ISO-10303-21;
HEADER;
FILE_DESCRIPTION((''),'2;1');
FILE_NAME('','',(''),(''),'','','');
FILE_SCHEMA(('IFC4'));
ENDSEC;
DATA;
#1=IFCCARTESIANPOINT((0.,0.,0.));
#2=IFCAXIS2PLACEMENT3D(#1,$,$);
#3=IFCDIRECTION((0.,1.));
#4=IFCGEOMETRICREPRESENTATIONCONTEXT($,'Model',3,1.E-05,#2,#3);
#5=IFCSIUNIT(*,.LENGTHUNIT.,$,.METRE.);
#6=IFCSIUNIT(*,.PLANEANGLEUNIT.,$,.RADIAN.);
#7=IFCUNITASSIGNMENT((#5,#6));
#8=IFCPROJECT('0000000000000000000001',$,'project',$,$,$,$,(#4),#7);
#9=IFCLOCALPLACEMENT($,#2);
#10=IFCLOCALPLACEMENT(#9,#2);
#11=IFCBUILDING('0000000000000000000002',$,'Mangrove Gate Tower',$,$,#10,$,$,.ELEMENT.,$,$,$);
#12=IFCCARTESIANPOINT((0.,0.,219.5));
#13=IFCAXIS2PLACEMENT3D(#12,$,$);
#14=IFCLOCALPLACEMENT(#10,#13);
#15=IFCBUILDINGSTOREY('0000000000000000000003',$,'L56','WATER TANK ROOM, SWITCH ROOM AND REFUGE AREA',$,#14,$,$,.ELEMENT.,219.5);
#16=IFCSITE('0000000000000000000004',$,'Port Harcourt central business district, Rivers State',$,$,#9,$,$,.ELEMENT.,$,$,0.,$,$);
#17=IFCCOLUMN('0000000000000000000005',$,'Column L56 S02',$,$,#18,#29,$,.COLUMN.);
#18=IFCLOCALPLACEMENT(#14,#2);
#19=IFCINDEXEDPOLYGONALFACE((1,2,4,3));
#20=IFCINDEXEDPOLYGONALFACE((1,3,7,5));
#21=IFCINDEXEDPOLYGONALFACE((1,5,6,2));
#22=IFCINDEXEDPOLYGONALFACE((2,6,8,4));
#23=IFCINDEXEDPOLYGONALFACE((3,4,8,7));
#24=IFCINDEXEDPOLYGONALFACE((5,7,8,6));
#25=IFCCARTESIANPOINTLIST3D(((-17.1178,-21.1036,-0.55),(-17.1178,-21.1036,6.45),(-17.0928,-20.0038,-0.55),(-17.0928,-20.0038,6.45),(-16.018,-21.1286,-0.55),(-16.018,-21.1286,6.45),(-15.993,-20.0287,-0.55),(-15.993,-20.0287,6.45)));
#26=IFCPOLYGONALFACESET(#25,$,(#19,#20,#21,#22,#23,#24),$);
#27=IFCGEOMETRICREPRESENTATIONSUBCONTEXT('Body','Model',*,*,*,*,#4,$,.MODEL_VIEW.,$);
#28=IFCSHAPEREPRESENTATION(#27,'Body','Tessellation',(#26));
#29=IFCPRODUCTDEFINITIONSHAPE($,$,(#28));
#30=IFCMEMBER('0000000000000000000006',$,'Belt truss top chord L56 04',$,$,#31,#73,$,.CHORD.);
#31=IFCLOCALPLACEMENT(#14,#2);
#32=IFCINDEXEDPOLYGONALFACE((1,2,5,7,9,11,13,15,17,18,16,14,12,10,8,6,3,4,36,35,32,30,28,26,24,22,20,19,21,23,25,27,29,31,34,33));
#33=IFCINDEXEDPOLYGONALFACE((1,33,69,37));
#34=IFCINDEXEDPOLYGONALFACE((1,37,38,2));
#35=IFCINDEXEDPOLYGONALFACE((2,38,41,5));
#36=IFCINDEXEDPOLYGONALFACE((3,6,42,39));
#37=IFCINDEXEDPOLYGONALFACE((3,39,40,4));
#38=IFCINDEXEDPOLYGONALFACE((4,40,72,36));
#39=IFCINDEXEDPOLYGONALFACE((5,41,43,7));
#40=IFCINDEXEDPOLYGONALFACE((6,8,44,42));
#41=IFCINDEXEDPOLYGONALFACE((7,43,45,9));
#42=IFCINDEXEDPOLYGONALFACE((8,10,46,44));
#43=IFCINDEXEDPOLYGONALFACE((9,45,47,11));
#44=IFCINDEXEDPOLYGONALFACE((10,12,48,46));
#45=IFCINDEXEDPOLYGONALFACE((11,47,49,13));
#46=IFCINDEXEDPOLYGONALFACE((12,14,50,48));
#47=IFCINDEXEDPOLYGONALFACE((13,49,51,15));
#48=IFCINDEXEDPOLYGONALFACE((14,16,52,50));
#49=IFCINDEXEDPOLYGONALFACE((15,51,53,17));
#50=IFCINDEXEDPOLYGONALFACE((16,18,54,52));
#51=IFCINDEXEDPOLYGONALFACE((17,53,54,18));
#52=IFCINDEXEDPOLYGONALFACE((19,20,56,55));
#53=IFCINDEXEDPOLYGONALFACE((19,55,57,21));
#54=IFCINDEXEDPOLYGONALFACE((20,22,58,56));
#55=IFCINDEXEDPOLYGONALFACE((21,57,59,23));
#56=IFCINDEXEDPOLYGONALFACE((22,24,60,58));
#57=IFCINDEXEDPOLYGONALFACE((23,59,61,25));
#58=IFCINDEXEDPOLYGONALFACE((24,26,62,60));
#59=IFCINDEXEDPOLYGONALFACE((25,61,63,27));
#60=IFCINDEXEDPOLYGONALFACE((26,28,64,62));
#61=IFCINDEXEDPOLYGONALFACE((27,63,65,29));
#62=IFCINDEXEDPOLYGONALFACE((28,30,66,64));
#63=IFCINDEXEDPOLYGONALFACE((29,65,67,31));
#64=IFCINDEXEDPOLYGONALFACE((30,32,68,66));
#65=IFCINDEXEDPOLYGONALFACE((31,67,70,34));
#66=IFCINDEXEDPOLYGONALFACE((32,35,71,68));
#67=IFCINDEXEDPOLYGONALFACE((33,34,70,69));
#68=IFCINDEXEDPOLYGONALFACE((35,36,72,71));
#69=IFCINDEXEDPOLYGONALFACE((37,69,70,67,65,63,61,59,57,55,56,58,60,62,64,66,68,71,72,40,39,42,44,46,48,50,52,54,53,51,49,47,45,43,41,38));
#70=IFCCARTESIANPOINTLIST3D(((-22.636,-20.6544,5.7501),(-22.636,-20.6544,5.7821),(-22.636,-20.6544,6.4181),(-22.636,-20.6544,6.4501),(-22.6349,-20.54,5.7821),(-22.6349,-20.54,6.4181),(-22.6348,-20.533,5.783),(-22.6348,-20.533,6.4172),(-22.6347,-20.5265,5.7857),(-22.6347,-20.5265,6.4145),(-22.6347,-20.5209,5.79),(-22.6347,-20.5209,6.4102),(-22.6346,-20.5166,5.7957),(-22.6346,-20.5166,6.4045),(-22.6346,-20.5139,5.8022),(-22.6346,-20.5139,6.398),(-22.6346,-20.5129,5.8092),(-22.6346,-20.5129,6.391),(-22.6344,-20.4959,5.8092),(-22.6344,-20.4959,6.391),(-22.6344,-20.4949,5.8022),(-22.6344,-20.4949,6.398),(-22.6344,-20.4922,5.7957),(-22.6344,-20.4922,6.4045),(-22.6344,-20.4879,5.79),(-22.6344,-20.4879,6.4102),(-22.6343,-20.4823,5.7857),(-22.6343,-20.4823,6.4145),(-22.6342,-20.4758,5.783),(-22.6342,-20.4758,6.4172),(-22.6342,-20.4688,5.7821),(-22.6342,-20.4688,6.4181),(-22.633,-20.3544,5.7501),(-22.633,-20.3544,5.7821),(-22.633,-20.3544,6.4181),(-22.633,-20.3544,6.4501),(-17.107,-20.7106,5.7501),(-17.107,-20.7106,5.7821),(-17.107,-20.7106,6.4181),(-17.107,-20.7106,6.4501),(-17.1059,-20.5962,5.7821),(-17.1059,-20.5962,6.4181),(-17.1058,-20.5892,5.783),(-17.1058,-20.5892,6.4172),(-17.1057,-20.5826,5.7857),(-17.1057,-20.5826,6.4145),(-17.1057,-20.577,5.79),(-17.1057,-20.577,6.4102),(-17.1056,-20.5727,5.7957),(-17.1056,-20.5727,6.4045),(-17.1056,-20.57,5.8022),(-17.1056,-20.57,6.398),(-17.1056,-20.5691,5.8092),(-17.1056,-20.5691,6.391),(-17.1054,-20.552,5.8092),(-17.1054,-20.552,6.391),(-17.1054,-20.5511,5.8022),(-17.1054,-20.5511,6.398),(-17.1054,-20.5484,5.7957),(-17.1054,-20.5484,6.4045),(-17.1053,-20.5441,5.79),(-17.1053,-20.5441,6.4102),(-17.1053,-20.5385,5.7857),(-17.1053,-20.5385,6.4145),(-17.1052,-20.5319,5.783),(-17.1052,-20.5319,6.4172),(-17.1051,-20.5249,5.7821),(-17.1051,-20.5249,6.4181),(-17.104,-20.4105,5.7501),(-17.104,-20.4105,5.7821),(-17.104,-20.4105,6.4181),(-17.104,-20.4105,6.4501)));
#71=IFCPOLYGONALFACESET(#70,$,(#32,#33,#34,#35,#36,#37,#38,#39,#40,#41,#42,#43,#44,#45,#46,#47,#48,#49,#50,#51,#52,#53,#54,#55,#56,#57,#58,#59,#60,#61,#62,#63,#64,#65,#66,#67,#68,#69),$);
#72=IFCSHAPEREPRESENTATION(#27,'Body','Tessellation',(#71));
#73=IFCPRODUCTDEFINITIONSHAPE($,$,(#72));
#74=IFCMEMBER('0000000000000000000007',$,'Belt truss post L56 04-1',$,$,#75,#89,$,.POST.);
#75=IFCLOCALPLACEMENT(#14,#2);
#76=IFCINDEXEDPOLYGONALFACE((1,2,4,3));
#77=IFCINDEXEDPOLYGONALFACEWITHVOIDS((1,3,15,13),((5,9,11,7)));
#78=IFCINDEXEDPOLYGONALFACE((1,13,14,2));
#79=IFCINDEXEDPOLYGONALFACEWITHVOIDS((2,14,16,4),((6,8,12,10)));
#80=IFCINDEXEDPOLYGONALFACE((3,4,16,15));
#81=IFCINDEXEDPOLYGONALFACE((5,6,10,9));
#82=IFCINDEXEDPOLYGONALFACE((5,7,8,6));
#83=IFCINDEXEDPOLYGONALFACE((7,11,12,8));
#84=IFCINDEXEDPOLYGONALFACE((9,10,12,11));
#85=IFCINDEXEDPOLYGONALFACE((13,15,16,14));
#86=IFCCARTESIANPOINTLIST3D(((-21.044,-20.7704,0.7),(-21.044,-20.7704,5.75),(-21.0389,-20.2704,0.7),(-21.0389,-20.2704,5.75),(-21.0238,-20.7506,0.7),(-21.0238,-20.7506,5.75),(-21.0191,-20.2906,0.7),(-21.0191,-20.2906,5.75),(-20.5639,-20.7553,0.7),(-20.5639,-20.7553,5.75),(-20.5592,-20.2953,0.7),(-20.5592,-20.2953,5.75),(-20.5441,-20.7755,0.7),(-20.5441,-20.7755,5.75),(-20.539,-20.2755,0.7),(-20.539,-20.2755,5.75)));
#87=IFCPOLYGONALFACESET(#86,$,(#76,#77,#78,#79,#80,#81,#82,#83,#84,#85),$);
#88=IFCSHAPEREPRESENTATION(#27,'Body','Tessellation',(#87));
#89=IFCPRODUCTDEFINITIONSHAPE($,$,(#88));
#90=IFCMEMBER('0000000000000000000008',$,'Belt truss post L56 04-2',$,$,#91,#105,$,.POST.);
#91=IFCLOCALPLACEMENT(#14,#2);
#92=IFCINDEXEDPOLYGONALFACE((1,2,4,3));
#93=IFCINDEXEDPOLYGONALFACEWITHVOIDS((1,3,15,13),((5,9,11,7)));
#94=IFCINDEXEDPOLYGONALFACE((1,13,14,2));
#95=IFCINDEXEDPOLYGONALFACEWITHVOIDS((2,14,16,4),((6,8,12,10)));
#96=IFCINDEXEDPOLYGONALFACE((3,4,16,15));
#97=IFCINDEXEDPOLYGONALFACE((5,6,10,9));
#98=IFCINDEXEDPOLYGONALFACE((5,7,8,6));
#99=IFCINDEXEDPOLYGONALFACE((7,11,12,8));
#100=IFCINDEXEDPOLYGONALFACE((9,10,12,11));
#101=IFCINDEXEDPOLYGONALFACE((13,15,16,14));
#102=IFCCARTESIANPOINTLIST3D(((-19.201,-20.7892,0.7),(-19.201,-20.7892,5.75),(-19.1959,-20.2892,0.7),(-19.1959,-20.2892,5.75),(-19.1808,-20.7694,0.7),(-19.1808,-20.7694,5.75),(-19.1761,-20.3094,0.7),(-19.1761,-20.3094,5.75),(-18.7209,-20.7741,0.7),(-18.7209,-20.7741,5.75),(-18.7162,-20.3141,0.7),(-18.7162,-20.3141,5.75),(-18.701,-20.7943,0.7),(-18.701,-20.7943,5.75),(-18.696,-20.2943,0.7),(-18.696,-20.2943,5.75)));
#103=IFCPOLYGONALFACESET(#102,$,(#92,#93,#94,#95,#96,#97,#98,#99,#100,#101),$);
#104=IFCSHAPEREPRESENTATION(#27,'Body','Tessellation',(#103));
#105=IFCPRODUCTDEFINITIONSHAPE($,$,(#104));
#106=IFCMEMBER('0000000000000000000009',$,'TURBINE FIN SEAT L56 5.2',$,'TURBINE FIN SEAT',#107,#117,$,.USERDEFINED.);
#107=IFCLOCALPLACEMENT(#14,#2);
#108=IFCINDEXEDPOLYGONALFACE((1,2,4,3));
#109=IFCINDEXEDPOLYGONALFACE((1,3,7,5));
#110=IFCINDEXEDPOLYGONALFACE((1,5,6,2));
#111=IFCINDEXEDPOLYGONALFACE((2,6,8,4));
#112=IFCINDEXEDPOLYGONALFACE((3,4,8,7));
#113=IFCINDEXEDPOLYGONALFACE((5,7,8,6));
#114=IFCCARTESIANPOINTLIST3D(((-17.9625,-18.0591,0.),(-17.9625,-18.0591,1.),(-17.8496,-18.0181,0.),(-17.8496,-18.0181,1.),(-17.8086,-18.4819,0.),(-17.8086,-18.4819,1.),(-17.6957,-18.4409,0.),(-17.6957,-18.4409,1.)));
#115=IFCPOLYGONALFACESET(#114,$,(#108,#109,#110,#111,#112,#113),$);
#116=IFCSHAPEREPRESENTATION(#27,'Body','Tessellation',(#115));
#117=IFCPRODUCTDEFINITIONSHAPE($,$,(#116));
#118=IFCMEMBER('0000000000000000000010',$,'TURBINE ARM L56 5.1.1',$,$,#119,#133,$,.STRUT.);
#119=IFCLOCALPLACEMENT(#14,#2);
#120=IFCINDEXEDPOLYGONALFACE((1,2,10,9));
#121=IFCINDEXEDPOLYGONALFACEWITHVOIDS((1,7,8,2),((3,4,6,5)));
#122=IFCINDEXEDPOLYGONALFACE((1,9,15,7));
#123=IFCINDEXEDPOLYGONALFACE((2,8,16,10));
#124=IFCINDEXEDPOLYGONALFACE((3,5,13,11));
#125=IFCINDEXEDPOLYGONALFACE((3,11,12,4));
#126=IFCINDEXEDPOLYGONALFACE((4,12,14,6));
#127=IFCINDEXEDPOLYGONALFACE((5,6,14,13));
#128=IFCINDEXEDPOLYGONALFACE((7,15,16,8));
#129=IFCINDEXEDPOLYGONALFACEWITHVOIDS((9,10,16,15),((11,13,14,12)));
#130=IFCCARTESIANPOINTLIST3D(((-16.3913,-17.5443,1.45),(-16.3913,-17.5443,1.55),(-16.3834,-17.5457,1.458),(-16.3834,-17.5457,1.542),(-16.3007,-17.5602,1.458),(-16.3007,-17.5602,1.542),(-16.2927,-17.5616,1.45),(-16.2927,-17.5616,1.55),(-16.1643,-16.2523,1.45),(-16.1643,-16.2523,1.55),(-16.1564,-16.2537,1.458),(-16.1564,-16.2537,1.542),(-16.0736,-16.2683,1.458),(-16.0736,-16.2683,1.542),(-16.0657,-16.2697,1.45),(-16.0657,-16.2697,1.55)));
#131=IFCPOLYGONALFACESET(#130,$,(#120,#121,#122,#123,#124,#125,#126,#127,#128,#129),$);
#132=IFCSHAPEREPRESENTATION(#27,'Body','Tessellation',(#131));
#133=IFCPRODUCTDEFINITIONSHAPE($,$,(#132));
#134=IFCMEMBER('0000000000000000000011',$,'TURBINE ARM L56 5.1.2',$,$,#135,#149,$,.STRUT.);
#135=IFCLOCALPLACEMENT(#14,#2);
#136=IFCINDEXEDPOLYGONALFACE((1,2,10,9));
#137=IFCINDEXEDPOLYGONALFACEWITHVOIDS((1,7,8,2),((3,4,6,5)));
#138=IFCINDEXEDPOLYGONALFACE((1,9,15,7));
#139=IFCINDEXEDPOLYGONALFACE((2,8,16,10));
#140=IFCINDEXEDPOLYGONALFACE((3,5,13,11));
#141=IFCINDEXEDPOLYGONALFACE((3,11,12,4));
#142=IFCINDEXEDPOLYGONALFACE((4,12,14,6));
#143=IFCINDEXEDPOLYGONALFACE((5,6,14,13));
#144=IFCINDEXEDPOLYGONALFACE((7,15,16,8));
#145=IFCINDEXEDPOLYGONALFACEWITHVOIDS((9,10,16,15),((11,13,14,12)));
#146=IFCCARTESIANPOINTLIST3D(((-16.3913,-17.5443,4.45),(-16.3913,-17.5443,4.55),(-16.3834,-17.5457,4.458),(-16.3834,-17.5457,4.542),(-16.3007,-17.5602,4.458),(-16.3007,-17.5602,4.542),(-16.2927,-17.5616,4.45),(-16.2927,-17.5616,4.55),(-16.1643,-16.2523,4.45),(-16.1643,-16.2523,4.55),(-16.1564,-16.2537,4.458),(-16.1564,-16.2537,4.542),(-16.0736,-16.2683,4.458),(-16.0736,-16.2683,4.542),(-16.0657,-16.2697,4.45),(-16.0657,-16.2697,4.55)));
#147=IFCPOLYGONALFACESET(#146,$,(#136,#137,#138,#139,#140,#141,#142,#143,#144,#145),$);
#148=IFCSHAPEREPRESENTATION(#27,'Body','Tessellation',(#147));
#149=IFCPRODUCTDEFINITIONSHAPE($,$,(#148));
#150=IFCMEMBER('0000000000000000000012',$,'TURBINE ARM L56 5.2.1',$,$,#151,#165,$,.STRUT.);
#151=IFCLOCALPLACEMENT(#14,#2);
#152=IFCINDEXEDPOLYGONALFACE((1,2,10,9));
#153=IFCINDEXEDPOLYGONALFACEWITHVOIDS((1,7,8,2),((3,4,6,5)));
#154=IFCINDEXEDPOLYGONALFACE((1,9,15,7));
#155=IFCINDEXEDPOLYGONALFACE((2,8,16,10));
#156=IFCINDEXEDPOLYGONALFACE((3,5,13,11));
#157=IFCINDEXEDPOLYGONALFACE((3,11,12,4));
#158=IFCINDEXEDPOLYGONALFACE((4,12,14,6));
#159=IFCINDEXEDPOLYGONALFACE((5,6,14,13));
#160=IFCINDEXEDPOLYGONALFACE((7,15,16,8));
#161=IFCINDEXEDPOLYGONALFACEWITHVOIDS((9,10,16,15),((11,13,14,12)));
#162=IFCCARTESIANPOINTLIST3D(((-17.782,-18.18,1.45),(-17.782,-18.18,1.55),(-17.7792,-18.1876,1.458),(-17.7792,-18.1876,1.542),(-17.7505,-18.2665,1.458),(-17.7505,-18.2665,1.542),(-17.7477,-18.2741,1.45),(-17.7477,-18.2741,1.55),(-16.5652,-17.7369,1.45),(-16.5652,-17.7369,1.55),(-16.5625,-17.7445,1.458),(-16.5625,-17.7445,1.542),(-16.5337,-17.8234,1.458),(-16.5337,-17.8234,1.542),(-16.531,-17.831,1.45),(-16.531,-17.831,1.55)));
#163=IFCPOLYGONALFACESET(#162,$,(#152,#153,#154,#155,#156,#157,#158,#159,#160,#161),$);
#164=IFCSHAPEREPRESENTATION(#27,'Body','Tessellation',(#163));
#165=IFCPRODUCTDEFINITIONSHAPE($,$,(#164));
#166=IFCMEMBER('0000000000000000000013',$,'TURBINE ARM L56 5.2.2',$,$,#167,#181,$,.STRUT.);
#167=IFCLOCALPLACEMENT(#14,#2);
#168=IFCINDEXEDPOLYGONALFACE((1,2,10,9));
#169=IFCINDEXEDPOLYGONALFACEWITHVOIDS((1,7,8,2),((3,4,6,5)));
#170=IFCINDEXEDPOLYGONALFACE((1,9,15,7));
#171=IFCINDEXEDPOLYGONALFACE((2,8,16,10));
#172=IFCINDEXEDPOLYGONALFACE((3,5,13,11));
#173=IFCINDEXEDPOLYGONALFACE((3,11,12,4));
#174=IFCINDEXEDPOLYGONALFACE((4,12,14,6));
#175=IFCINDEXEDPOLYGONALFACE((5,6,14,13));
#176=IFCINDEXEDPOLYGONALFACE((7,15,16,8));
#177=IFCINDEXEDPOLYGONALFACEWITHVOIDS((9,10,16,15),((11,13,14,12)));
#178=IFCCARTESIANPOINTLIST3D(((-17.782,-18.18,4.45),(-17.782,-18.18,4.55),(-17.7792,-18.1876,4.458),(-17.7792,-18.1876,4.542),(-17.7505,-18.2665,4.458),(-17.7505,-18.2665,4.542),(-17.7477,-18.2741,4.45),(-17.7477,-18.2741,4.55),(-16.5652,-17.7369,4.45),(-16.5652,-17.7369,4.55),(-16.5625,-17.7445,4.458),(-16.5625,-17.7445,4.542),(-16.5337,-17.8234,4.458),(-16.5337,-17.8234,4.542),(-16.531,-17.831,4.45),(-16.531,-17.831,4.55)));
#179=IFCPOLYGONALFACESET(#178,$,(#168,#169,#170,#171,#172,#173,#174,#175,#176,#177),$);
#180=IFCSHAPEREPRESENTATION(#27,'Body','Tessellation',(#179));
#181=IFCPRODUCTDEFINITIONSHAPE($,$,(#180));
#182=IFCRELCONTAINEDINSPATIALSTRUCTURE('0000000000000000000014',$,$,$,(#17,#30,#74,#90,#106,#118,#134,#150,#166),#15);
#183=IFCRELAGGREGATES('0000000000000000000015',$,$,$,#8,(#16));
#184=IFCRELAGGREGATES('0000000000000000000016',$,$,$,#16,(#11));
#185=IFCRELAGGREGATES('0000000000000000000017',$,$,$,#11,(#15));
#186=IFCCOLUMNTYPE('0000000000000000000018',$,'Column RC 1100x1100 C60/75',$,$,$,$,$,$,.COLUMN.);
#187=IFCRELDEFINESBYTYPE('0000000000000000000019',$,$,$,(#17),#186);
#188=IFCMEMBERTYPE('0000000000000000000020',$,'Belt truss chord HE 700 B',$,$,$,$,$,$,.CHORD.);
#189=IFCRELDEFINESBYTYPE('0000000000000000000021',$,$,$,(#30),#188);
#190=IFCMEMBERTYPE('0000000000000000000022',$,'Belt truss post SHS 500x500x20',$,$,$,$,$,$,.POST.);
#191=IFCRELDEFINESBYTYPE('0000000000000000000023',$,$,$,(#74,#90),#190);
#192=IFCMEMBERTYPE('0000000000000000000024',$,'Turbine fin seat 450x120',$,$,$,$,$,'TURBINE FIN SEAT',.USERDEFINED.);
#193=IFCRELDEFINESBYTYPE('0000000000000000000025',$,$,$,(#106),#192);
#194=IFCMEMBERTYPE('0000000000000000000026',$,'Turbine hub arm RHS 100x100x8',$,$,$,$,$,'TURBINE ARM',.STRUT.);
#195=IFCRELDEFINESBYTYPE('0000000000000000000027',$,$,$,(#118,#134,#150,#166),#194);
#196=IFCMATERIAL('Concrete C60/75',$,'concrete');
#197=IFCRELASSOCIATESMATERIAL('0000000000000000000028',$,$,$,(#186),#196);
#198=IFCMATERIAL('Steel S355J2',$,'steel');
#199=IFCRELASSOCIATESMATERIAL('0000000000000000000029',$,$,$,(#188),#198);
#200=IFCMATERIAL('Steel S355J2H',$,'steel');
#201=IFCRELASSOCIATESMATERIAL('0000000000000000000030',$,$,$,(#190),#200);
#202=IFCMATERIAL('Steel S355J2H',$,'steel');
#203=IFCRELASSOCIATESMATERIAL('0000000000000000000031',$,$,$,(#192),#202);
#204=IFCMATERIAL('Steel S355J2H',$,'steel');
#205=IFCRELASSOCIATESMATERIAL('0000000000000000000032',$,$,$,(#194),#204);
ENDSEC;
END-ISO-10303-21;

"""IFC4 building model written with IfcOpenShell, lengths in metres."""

from ifc_helpers import new_model, si_unit, direction, frame, origin, origin_2d, place, context, subcontext, project, spatial, rectangle, hollow_rectangle, i_section, extrude, material, material_profile, profile_set, type_object, element, save


model = new_model("IFC4")

# Units and contexts
model_context = context("Model", 3, precision=1e-05, world=origin(), true_north=direction((0.0, 1.0)))
body_context = subcontext(model_context, "Body", "Model", "MODEL_VIEW")
ifc_project = project(units=[si_unit("LENGTHUNIT", "METRE"), si_unit("PLANEANGLEUNIT", "RADIAN")], contexts=[model_context])

# Site, building, storey
site_placement = place(None, origin())
site = spatial("IfcSite", under=ifc_project, at=site_placement, Name="Port Harcourt central business district, Rivers State", CompositionType="ELEMENT", RefElevation=0.0)
building_placement = place(site_placement, origin())
building = spatial("IfcBuilding", under=site, at=building_placement, Name="Mangrove Gate Tower", CompositionType="ELEMENT")
storey_placement = place(building_placement, frame((0.0, 0.0, 219.5)))
storey = spatial("IfcBuildingStorey", under=building, at=storey_placement, Name="L56", Description="WATER TANK ROOM, SWITCH ROOM AND REFUGE AREA", CompositionType="ELEMENT", Elevation=219.5)

# Column
ifc_material_1 = material(Name="Concrete C60/75", Category="concrete")
ifc_material_profile_1 = material_profile(ifc_material_1, rectangle(XDim=1.1001, YDim=1.1001, at=origin_2d()))
ifc_profile_set_1 = profile_set([ifc_material_profile_1], Name="Concrete C60/75")
column_type = type_object("IfcColumnType", Name="Column RC 1100x1100 C60/75", PredefinedType="COLUMN", material=ifc_profile_set_1)
column_placement = place(storey_placement, frame((-16.5554, -20.5662, -0.55), z_axis=(0.0, 0.0, 1.0), x_axis=(0.999742, -0.022707, 0.0)))
element("IfcColumn", 1, at=column_placement, inside=storey, type_object=column_type, Name="Column L56 S02", PredefinedType="COLUMN", context=body_context, shape_type="SweptSolid", body=[
    extrude(rectangle(XDim=1.1001, YDim=1.1001, at=origin_2d()), origin(), (0.0, 0.0, 1.0), 7.0),
])

# Members
ifc_material_2 = material(Name="Steel S355J2", Category="steel")
ifc_material_profile_2 = material_profile(ifc_material_2, i_section(OverallWidth=0.3, OverallDepth=0.7, WebThickness=0.0171, FlangeThickness=0.032, FilletRadius=0.0271, at=origin_2d()))
ifc_profile_set_2 = profile_set([ifc_material_profile_2], Name="Steel S355J2")
member_type_1 = type_object("IfcMemberType", Name="Belt truss chord HE 700 B", PredefinedType="CHORD", material=ifc_profile_set_2)
member_1_placement = place(storey_placement, frame((-22.6345, -20.5044, 6.1001), z_axis=(0.999948, -0.010155, 0.0), x_axis=(0.010155, 0.999948, 0.0)))
element("IfcMember", 2, at=member_1_placement, inside=storey, type_object=member_type_1, Name="Belt truss top chord L56 04", PredefinedType="CHORD", context=body_context, shape_type="SweptSolid", body=[
    extrude(i_section(OverallWidth=0.3, OverallDepth=0.7, WebThickness=0.0171, FlangeThickness=0.032, FilletRadius=0.0271, at=origin_2d()), origin(), (0.0, 0.0, 1.0), 5.5293),
])
ifc_material_3 = material(Name="Steel S355J2H", Category="steel")
ifc_material_profile_3 = material_profile(ifc_material_3, hollow_rectangle(XDim=0.5, YDim=0.5, WallThickness=0.02, at=origin_2d()))
ifc_profile_set_3 = profile_set([ifc_material_profile_3], Name="Steel S355J2H")
member_type_2 = type_object("IfcMemberType", Name="Belt truss post SHS 500x500x20", PredefinedType="POST", material=ifc_profile_set_3)
for number, where, z_axis, x_axis, name in (
    (3, (-20.7915, -20.5229, 0.7), (0.0, 0.0, 1.0), (0.999948, -0.010176, 0.0), "Belt truss post L56 04-1"),
    (4, (-18.9485, -20.5417, 0.7), (0.0, 0.0, 1.0), (0.999948, -0.010176, 0.0), "Belt truss post L56 04-2"),
):
    element("IfcMember", number, at=place(storey_placement, frame(where, z_axis=z_axis, x_axis=x_axis)), inside=storey, type_object=member_type_2, Name=name, PredefinedType="POST", context=body_context, shape_type="SweptSolid", body=[
        extrude(hollow_rectangle(XDim=0.5, YDim=0.5, WallThickness=0.02, at=origin_2d()), origin(), (0.0, 0.0, 1.0), 5.05),
    ])
ifc_material_4 = material(Name="Steel S355J2H", Category="steel")
ifc_material_profile_4 = material_profile(ifc_material_4, rectangle(XDim=0.45, YDim=0.1201, at=origin_2d()))
ifc_profile_set_4 = profile_set([ifc_material_profile_4], Name="Steel S355J2H")
member_type_3 = type_object("IfcMemberType", Name="Turbine fin seat 450x120", ElementType="TURBINE FIN SEAT", PredefinedType="USERDEFINED", material=ifc_profile_set_4)
member_2_placement = place(storey_placement, frame((-17.8291, -18.25, 0.0), z_axis=(0.0, 0.0, 1.0), x_axis=(0.34202, -0.939693, 0.0)))
element("IfcMember", 5, at=member_2_placement, inside=storey, type_object=member_type_3, Name="TURBINE FIN SEAT L56 5.2", ObjectType="TURBINE FIN SEAT", PredefinedType="USERDEFINED", context=body_context, shape_type="SweptSolid", body=[
    extrude(rectangle(XDim=0.45, YDim=0.1201, at=origin_2d()), origin(), (0.0, 0.0, 1.0), 1.0),
])
ifc_material_5 = material(Name="Steel S355J2H", Category="steel")
ifc_material_profile_5 = material_profile(ifc_material_5, hollow_rectangle(XDim=0.1001, YDim=0.1001, WallThickness=0.0081, at=origin_2d()))
ifc_profile_set_5 = profile_set([ifc_material_profile_5], Name="Steel S355J2H")
member_type_4 = type_object("IfcMemberType", Name="Turbine hub arm RHS 100x100x8", ElementType="TURBINE ARM", PredefinedType="STRUT", material=ifc_profile_set_5)
for number, where, z_axis, x_axis, name in (
    (6, (-16.342, -17.553, 1.5), (0.173085, 0.984907, 0.0), (-0.984907, 0.173085, 0.0), "TURBINE ARM L56 5.1.1"),
    (7, (-16.342, -17.553, 4.5), (0.173085, 0.984907, 0.0), (-0.984907, 0.173085, 0.0), "TURBINE ARM L56 5.1.2"),
):
    element("IfcMember", number, at=place(storey_placement, frame(where, z_axis=z_axis, x_axis=x_axis)), inside=storey, type_object=member_type_4, Name=name, PredefinedType="STRUT", context=body_context, shape_type="SweptSolid", body=[
        extrude(hollow_rectangle(XDim=0.1001, YDim=0.1001, WallThickness=0.0081, at=origin_2d()), origin(), (0.0, 0.0, 1.0), 1.3118),
    ])
for number, where, z_axis, x_axis, name in (
    (8, (-16.5481, -17.7839, 1.5), (-0.939634, -0.342182, 0.0), (0.342182, -0.939634, 0.0), "TURBINE ARM L56 5.2.1"),
    (9, (-16.5481, -17.7839, 4.5), (-0.939634, -0.342182, 0.0), (0.342182, -0.939634, 0.0), "TURBINE ARM L56 5.2.2"),
):
    element("IfcMember", number, at=place(storey_placement, frame(where, z_axis=z_axis, x_axis=x_axis)), inside=storey, type_object=member_type_4, Name=name, PredefinedType="STRUT", context=body_context, shape_type="SweptSolid", body=[
        extrude(hollow_rectangle(XDim=0.1001, YDim=0.1001, WallThickness=0.0081, at=origin_2d()), origin(), (0.0, 0.0, 1.0), 1.2949),
    ])

save(model, "model.ifc")
